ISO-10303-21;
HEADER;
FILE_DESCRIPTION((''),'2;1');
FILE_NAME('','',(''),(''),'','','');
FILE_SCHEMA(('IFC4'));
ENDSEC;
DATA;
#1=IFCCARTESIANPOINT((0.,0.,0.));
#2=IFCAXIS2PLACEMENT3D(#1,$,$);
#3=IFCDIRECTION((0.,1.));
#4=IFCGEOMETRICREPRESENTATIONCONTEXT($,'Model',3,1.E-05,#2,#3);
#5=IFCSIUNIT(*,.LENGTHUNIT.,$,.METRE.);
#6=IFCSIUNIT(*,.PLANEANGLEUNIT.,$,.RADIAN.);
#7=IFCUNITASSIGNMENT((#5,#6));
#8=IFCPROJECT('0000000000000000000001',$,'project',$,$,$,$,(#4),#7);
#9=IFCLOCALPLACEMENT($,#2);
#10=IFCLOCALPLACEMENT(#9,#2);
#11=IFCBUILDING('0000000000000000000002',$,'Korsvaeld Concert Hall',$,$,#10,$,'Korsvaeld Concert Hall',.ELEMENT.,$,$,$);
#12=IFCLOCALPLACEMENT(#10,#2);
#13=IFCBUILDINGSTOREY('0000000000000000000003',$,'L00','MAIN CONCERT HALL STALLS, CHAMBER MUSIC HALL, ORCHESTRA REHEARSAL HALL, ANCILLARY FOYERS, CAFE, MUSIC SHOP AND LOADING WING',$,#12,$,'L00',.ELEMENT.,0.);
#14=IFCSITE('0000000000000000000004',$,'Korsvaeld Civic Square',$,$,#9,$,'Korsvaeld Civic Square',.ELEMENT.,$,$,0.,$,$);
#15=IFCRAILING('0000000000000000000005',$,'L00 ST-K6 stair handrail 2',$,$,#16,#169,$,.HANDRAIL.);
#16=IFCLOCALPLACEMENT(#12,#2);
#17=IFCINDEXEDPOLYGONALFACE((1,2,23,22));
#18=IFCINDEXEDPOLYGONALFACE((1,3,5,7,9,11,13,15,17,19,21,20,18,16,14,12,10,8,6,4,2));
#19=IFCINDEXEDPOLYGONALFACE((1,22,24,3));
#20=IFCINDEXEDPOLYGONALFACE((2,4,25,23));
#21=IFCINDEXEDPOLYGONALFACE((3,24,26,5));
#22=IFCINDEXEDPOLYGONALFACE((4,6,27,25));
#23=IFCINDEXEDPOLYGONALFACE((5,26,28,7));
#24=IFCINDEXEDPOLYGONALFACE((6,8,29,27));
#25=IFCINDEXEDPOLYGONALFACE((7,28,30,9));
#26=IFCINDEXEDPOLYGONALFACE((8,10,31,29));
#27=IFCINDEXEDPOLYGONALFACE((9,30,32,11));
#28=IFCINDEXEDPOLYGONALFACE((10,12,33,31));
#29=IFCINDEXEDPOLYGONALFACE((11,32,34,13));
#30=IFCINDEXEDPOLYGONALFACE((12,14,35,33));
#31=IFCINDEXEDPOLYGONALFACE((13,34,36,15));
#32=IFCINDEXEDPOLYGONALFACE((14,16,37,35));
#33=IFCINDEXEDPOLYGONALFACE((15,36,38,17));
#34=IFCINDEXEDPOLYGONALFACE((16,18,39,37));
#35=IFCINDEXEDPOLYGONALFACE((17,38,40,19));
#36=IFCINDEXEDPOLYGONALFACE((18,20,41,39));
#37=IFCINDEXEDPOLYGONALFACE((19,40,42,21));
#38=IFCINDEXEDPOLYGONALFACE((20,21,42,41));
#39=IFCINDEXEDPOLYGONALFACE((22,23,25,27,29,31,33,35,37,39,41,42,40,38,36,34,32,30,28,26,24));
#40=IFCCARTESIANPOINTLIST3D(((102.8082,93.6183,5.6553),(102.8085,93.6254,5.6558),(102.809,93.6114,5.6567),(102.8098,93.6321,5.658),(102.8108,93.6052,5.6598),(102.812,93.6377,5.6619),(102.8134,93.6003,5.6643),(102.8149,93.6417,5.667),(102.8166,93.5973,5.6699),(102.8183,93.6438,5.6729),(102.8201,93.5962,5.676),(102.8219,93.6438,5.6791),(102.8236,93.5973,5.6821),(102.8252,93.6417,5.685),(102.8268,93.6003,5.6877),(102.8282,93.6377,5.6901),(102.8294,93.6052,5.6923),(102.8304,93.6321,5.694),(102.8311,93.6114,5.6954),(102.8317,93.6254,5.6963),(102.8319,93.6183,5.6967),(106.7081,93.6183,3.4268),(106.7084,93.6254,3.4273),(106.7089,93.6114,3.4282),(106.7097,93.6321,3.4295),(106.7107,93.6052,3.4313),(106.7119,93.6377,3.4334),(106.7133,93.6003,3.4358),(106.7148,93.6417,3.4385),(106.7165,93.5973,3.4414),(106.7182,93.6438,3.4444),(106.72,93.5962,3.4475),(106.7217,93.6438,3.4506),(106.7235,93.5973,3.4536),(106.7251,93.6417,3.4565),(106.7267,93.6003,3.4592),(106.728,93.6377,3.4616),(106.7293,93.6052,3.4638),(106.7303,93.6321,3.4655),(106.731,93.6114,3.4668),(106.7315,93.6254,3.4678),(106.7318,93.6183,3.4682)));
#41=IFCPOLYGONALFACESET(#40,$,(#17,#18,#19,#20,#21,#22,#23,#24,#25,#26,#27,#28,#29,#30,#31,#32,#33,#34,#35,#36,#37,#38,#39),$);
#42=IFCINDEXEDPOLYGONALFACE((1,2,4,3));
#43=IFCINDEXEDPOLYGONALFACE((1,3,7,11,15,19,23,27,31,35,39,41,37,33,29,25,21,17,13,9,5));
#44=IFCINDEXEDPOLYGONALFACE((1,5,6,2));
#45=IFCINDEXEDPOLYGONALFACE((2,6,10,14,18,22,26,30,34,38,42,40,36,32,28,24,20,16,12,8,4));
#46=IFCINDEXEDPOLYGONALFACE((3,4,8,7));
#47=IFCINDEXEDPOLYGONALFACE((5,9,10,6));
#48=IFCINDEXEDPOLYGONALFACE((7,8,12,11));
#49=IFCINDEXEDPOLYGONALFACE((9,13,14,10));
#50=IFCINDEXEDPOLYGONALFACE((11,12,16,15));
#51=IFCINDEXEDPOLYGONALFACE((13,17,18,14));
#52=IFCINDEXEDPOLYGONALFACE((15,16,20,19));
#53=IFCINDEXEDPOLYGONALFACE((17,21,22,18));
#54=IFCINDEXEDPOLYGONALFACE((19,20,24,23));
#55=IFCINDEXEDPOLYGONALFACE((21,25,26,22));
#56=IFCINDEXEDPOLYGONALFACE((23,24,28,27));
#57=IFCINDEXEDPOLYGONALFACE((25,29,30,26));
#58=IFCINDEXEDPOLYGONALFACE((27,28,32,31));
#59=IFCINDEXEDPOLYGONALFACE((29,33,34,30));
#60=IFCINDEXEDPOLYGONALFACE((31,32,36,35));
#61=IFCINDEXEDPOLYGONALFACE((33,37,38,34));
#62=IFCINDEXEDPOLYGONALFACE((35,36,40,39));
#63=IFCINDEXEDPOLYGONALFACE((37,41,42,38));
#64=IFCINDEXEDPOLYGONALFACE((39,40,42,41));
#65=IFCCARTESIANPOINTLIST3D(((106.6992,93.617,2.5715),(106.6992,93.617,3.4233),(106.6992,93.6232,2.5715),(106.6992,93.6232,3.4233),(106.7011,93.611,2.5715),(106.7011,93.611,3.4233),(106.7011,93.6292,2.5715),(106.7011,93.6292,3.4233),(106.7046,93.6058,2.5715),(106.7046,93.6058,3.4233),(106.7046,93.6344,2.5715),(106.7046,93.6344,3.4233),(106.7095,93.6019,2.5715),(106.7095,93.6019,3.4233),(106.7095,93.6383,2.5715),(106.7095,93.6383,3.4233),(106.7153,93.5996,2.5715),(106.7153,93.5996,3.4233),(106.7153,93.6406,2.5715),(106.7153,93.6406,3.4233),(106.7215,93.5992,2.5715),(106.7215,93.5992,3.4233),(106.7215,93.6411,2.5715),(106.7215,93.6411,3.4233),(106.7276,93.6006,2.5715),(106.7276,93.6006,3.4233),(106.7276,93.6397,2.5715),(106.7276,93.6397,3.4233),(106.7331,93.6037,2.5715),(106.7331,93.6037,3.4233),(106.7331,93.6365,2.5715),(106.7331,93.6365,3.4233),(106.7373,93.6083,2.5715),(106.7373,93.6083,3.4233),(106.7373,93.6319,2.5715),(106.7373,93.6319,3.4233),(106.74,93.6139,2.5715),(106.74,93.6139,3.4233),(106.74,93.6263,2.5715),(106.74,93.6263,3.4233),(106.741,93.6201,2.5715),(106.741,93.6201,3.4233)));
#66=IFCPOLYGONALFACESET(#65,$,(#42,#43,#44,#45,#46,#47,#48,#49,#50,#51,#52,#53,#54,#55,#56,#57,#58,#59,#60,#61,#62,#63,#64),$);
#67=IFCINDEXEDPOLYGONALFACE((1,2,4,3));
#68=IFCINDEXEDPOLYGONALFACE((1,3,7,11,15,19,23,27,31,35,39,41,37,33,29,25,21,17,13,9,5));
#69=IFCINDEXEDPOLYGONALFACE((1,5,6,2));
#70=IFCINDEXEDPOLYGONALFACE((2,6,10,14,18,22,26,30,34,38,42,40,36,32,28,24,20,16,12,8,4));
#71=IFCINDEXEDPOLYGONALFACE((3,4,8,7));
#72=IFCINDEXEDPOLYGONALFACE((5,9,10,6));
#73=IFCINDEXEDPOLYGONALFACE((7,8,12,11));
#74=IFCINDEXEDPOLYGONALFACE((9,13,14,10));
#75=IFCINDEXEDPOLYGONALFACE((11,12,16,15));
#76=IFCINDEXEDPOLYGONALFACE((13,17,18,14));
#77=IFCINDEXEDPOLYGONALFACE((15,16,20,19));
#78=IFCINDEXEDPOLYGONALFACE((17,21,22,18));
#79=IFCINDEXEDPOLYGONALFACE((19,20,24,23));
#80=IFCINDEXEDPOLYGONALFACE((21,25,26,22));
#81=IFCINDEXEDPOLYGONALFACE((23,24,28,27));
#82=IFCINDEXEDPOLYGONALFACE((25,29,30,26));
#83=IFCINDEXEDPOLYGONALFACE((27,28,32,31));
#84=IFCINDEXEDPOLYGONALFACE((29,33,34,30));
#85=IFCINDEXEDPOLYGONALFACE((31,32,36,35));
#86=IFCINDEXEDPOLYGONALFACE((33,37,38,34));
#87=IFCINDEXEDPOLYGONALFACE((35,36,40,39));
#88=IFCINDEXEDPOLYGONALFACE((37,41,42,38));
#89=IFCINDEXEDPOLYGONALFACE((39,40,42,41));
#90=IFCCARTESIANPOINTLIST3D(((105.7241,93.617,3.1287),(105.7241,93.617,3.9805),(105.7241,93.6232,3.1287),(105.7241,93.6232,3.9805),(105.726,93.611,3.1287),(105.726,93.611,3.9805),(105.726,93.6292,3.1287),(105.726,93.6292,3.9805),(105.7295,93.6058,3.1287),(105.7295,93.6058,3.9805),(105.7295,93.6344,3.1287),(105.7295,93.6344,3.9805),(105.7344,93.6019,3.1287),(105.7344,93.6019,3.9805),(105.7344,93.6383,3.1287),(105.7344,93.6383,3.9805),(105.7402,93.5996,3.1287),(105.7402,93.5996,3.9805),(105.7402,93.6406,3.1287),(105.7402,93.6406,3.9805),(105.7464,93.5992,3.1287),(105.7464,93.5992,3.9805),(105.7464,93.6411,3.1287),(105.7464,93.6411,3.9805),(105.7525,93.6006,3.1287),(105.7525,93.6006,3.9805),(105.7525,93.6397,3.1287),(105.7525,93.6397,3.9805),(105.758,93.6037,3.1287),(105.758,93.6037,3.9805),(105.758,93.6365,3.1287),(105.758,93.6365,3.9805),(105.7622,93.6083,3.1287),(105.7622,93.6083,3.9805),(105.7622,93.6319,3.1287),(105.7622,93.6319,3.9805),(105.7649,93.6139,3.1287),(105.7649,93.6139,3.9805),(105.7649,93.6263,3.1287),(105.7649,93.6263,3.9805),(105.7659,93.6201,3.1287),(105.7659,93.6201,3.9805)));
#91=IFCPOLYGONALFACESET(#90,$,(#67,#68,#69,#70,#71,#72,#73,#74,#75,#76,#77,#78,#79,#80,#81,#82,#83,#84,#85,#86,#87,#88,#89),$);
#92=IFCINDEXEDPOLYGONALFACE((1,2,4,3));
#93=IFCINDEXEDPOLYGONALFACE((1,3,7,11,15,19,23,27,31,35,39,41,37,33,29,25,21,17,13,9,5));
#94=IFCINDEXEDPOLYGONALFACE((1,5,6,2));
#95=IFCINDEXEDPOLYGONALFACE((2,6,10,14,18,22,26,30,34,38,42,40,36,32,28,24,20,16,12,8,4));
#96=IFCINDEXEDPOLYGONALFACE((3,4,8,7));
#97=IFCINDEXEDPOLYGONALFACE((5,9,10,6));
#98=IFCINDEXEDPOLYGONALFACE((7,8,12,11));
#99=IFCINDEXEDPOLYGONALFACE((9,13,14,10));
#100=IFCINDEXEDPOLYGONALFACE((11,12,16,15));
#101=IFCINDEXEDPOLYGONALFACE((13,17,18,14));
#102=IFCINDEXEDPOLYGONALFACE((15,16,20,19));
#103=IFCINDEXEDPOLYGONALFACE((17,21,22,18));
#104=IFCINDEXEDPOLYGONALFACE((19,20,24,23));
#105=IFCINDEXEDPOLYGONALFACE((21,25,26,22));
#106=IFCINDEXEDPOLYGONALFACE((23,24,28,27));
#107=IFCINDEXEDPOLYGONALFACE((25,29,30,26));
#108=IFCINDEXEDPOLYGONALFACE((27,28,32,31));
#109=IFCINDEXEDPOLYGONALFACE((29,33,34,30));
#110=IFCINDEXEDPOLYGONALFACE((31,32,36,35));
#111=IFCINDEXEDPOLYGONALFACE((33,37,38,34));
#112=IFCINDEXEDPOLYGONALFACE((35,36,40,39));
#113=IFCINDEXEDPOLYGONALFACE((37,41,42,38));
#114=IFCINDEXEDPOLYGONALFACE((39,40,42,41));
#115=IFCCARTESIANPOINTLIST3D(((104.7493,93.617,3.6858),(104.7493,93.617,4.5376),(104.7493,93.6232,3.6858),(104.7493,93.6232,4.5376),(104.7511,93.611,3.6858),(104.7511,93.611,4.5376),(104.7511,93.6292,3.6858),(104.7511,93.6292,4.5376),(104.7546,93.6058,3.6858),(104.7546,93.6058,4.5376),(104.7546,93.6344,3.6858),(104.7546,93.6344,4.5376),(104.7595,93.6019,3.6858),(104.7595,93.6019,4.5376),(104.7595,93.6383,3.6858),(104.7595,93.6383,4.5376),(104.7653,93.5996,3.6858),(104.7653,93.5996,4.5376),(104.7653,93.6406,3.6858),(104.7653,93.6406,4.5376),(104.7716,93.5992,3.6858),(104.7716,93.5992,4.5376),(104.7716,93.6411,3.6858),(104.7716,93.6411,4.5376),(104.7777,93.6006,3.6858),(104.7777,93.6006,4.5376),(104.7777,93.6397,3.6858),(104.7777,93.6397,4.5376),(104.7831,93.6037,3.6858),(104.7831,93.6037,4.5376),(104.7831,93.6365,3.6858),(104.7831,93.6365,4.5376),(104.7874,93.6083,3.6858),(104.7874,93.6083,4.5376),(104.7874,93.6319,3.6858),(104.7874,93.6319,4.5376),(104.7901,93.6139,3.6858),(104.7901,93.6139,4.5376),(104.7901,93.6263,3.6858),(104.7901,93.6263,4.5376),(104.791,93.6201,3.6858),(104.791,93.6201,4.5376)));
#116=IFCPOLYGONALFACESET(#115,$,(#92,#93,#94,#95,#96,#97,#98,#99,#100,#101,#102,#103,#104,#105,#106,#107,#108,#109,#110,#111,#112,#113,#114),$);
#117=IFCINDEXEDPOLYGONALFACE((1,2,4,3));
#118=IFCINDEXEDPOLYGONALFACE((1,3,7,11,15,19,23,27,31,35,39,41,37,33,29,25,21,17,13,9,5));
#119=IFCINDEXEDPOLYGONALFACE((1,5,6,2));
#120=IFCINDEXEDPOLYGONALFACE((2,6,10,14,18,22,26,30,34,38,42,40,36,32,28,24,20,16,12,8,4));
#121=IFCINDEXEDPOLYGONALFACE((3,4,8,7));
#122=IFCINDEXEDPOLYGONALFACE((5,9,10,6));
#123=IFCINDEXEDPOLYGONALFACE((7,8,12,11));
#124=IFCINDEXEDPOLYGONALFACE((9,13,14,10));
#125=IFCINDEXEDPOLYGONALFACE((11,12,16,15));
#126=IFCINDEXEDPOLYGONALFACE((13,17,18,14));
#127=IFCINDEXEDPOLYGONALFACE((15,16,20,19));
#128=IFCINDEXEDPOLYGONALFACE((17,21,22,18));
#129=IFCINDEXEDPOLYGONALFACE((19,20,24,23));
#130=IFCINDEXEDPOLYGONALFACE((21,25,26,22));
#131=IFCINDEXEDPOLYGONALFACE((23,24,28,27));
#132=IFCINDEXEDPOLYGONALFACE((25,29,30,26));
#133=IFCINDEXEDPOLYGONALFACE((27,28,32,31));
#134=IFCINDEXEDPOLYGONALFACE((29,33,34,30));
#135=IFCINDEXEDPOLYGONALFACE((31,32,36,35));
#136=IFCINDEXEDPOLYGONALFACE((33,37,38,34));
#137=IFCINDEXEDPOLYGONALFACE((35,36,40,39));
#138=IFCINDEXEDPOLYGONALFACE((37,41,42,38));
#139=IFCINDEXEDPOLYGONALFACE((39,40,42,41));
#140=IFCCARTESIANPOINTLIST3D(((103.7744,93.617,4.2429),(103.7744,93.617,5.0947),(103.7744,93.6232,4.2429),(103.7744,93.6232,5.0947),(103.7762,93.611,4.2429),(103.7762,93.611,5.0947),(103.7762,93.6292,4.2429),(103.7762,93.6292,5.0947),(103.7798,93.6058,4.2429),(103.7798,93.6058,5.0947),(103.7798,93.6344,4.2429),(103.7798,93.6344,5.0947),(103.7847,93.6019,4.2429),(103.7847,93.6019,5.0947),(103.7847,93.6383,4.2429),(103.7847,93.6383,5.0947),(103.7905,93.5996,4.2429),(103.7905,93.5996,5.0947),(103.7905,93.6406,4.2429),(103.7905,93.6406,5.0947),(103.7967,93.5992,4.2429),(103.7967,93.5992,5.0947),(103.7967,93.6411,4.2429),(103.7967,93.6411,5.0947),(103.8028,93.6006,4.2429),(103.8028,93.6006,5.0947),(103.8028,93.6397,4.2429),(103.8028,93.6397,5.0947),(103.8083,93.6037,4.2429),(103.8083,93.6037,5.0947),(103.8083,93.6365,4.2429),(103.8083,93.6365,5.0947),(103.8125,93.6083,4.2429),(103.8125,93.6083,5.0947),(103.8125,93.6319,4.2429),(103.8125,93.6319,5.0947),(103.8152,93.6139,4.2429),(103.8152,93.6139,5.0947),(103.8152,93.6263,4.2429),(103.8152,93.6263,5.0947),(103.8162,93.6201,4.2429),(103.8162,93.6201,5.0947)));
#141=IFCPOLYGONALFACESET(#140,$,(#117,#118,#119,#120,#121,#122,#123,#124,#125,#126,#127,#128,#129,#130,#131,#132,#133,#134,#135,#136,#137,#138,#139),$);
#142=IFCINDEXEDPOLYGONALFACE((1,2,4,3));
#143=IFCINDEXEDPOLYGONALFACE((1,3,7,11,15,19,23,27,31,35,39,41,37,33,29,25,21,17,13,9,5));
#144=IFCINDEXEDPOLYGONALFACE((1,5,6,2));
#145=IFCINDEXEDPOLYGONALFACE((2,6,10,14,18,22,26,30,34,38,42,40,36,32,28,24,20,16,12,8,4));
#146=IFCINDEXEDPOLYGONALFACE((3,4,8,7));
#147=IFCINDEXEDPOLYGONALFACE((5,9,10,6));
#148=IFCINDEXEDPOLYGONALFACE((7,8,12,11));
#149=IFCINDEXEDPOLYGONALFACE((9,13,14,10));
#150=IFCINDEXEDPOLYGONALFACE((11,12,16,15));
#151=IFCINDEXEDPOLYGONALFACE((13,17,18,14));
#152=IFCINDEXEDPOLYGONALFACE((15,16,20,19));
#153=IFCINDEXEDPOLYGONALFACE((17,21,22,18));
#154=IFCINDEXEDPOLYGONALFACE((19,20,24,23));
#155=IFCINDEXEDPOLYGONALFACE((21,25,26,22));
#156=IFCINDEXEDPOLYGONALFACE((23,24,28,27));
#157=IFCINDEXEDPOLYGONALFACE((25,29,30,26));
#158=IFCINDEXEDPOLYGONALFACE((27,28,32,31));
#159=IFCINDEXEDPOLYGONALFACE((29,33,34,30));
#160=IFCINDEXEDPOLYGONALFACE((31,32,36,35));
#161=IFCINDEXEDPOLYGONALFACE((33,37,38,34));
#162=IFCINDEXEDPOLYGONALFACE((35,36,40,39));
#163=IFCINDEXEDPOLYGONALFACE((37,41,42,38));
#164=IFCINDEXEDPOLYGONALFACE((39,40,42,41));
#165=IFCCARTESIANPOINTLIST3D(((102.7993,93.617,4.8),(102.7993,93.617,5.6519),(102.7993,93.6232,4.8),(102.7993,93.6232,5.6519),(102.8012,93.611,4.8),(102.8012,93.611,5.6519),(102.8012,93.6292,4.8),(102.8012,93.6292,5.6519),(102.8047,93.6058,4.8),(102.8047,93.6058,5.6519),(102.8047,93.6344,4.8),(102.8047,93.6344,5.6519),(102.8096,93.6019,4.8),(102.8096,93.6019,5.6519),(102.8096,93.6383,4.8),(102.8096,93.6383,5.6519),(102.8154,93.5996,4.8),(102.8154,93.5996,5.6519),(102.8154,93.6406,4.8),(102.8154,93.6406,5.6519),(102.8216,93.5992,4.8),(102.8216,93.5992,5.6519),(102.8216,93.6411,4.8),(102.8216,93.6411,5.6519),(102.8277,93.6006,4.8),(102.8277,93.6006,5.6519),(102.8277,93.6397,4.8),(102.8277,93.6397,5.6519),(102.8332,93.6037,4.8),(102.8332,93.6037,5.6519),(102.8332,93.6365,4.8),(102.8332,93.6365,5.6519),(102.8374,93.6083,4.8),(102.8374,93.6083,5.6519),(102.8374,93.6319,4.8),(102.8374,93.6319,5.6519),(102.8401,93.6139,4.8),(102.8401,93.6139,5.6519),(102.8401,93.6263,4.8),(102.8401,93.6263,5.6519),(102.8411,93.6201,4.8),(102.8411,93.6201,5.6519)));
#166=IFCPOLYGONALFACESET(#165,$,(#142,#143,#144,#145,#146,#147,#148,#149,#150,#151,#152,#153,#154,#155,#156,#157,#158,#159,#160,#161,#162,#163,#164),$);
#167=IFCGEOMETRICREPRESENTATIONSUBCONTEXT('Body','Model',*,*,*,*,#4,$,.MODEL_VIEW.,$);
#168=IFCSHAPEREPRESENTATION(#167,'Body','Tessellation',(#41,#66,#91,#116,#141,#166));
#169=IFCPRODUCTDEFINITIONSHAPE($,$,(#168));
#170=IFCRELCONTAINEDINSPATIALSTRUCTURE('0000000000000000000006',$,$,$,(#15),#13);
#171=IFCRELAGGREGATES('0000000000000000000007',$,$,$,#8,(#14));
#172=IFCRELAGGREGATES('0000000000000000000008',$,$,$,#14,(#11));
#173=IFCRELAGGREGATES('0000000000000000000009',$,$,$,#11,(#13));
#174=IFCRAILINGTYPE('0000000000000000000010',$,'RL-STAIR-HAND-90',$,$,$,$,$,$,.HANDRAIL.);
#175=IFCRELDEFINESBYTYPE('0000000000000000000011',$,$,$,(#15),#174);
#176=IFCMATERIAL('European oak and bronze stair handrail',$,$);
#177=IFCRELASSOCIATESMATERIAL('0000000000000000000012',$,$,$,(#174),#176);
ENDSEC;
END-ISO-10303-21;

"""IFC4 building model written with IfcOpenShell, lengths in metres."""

from ifc_helpers import new_model, si_unit, direction, frame, origin, origin_2d, place, context, subcontext, project, spatial, circle, extrude, material, type_object, element, save


model = new_model("IFC4")

# Units and contexts
model_context = context("Model", 3, precision=1e-05, world=origin(), true_north=direction((0.0, 1.0)))
body_context = subcontext(model_context, "Body", "Model", "MODEL_VIEW")
ifc_project = project(units=[si_unit("LENGTHUNIT", "METRE"), si_unit("PLANEANGLEUNIT", "RADIAN")], contexts=[model_context])

# Site, building, storey
site_placement = place(None, origin())
site = spatial("IfcSite", under=ifc_project, at=site_placement, Name="Korsvaeld Civic Square", LongName="Korsvaeld Civic Square", CompositionType="ELEMENT", RefElevation=0.0)
building_placement = place(site_placement, origin())
building = spatial("IfcBuilding", under=site, at=building_placement, Name="Korsvaeld Concert Hall", LongName="Korsvaeld Concert Hall", CompositionType="ELEMENT")
storey_placement = place(building_placement, origin())
storey = spatial("IfcBuildingStorey", under=building, at=storey_placement, Name="L00", Description="MAIN CONCERT HALL STALLS, CHAMBER MUSIC HALL, ORCHESTRA REHEARSAL HALL, ANCILLARY FOYERS, CAFE, MUSIC SHOP AND LOADING WING", LongName="L00", CompositionType="ELEMENT", Elevation=0.0)

# Railing
ifc_material_1 = material(Name="European oak and bronze stair handrail")
railing_type_1 = type_object("IfcRailingType", Name="RL-STAIR-HAND-90", PredefinedType="HANDRAIL", material=ifc_material_1)
railing_1_placement = place(storey_placement, frame((106.72, 93.6201, 2.5715)))
element("IfcRailing", 1, at=railing_1_placement, inside=storey, type_object=railing_type_1, Name="L00 ST-K6 stair handrail 2", PredefinedType="HANDRAIL", context=body_context, shape_type="SweptSolid", body=[
    extrude(circle(Radius=0.0239, at=origin_2d()), frame((0.0, 0.0, 0.876), z_axis=(-0.868243, 0.0, 0.496139), x_axis=(0.0, -1.0, 0.0)), (0.0, 0.0, 1.0), 4.4917),
    extrude(circle(Radius=0.021, at=origin_2d()), origin(), (0.0, 0.0, 1.0), 0.8518),
    extrude(circle(Radius=0.021, at=origin_2d()), frame((-0.9751, 0.0, 0.5571)), (0.0, 0.0, 1.0), 0.8518),
    extrude(circle(Radius=0.021, at=origin_2d()), frame((-1.95, 0.0, 1.1143)), (0.0, 0.0, 1.0), 0.8518),
    extrude(circle(Radius=0.021, at=origin_2d()), frame((-2.9248, 0.0, 1.6714)), (0.0, 0.0, 1.0), 0.8518),
    extrude(circle(Radius=0.021, at=origin_2d()), frame((-3.8999, 0.0, 2.2285)), (0.0, 0.0, 1.0), 0.8518),
])

save(model, "model.ifc")
